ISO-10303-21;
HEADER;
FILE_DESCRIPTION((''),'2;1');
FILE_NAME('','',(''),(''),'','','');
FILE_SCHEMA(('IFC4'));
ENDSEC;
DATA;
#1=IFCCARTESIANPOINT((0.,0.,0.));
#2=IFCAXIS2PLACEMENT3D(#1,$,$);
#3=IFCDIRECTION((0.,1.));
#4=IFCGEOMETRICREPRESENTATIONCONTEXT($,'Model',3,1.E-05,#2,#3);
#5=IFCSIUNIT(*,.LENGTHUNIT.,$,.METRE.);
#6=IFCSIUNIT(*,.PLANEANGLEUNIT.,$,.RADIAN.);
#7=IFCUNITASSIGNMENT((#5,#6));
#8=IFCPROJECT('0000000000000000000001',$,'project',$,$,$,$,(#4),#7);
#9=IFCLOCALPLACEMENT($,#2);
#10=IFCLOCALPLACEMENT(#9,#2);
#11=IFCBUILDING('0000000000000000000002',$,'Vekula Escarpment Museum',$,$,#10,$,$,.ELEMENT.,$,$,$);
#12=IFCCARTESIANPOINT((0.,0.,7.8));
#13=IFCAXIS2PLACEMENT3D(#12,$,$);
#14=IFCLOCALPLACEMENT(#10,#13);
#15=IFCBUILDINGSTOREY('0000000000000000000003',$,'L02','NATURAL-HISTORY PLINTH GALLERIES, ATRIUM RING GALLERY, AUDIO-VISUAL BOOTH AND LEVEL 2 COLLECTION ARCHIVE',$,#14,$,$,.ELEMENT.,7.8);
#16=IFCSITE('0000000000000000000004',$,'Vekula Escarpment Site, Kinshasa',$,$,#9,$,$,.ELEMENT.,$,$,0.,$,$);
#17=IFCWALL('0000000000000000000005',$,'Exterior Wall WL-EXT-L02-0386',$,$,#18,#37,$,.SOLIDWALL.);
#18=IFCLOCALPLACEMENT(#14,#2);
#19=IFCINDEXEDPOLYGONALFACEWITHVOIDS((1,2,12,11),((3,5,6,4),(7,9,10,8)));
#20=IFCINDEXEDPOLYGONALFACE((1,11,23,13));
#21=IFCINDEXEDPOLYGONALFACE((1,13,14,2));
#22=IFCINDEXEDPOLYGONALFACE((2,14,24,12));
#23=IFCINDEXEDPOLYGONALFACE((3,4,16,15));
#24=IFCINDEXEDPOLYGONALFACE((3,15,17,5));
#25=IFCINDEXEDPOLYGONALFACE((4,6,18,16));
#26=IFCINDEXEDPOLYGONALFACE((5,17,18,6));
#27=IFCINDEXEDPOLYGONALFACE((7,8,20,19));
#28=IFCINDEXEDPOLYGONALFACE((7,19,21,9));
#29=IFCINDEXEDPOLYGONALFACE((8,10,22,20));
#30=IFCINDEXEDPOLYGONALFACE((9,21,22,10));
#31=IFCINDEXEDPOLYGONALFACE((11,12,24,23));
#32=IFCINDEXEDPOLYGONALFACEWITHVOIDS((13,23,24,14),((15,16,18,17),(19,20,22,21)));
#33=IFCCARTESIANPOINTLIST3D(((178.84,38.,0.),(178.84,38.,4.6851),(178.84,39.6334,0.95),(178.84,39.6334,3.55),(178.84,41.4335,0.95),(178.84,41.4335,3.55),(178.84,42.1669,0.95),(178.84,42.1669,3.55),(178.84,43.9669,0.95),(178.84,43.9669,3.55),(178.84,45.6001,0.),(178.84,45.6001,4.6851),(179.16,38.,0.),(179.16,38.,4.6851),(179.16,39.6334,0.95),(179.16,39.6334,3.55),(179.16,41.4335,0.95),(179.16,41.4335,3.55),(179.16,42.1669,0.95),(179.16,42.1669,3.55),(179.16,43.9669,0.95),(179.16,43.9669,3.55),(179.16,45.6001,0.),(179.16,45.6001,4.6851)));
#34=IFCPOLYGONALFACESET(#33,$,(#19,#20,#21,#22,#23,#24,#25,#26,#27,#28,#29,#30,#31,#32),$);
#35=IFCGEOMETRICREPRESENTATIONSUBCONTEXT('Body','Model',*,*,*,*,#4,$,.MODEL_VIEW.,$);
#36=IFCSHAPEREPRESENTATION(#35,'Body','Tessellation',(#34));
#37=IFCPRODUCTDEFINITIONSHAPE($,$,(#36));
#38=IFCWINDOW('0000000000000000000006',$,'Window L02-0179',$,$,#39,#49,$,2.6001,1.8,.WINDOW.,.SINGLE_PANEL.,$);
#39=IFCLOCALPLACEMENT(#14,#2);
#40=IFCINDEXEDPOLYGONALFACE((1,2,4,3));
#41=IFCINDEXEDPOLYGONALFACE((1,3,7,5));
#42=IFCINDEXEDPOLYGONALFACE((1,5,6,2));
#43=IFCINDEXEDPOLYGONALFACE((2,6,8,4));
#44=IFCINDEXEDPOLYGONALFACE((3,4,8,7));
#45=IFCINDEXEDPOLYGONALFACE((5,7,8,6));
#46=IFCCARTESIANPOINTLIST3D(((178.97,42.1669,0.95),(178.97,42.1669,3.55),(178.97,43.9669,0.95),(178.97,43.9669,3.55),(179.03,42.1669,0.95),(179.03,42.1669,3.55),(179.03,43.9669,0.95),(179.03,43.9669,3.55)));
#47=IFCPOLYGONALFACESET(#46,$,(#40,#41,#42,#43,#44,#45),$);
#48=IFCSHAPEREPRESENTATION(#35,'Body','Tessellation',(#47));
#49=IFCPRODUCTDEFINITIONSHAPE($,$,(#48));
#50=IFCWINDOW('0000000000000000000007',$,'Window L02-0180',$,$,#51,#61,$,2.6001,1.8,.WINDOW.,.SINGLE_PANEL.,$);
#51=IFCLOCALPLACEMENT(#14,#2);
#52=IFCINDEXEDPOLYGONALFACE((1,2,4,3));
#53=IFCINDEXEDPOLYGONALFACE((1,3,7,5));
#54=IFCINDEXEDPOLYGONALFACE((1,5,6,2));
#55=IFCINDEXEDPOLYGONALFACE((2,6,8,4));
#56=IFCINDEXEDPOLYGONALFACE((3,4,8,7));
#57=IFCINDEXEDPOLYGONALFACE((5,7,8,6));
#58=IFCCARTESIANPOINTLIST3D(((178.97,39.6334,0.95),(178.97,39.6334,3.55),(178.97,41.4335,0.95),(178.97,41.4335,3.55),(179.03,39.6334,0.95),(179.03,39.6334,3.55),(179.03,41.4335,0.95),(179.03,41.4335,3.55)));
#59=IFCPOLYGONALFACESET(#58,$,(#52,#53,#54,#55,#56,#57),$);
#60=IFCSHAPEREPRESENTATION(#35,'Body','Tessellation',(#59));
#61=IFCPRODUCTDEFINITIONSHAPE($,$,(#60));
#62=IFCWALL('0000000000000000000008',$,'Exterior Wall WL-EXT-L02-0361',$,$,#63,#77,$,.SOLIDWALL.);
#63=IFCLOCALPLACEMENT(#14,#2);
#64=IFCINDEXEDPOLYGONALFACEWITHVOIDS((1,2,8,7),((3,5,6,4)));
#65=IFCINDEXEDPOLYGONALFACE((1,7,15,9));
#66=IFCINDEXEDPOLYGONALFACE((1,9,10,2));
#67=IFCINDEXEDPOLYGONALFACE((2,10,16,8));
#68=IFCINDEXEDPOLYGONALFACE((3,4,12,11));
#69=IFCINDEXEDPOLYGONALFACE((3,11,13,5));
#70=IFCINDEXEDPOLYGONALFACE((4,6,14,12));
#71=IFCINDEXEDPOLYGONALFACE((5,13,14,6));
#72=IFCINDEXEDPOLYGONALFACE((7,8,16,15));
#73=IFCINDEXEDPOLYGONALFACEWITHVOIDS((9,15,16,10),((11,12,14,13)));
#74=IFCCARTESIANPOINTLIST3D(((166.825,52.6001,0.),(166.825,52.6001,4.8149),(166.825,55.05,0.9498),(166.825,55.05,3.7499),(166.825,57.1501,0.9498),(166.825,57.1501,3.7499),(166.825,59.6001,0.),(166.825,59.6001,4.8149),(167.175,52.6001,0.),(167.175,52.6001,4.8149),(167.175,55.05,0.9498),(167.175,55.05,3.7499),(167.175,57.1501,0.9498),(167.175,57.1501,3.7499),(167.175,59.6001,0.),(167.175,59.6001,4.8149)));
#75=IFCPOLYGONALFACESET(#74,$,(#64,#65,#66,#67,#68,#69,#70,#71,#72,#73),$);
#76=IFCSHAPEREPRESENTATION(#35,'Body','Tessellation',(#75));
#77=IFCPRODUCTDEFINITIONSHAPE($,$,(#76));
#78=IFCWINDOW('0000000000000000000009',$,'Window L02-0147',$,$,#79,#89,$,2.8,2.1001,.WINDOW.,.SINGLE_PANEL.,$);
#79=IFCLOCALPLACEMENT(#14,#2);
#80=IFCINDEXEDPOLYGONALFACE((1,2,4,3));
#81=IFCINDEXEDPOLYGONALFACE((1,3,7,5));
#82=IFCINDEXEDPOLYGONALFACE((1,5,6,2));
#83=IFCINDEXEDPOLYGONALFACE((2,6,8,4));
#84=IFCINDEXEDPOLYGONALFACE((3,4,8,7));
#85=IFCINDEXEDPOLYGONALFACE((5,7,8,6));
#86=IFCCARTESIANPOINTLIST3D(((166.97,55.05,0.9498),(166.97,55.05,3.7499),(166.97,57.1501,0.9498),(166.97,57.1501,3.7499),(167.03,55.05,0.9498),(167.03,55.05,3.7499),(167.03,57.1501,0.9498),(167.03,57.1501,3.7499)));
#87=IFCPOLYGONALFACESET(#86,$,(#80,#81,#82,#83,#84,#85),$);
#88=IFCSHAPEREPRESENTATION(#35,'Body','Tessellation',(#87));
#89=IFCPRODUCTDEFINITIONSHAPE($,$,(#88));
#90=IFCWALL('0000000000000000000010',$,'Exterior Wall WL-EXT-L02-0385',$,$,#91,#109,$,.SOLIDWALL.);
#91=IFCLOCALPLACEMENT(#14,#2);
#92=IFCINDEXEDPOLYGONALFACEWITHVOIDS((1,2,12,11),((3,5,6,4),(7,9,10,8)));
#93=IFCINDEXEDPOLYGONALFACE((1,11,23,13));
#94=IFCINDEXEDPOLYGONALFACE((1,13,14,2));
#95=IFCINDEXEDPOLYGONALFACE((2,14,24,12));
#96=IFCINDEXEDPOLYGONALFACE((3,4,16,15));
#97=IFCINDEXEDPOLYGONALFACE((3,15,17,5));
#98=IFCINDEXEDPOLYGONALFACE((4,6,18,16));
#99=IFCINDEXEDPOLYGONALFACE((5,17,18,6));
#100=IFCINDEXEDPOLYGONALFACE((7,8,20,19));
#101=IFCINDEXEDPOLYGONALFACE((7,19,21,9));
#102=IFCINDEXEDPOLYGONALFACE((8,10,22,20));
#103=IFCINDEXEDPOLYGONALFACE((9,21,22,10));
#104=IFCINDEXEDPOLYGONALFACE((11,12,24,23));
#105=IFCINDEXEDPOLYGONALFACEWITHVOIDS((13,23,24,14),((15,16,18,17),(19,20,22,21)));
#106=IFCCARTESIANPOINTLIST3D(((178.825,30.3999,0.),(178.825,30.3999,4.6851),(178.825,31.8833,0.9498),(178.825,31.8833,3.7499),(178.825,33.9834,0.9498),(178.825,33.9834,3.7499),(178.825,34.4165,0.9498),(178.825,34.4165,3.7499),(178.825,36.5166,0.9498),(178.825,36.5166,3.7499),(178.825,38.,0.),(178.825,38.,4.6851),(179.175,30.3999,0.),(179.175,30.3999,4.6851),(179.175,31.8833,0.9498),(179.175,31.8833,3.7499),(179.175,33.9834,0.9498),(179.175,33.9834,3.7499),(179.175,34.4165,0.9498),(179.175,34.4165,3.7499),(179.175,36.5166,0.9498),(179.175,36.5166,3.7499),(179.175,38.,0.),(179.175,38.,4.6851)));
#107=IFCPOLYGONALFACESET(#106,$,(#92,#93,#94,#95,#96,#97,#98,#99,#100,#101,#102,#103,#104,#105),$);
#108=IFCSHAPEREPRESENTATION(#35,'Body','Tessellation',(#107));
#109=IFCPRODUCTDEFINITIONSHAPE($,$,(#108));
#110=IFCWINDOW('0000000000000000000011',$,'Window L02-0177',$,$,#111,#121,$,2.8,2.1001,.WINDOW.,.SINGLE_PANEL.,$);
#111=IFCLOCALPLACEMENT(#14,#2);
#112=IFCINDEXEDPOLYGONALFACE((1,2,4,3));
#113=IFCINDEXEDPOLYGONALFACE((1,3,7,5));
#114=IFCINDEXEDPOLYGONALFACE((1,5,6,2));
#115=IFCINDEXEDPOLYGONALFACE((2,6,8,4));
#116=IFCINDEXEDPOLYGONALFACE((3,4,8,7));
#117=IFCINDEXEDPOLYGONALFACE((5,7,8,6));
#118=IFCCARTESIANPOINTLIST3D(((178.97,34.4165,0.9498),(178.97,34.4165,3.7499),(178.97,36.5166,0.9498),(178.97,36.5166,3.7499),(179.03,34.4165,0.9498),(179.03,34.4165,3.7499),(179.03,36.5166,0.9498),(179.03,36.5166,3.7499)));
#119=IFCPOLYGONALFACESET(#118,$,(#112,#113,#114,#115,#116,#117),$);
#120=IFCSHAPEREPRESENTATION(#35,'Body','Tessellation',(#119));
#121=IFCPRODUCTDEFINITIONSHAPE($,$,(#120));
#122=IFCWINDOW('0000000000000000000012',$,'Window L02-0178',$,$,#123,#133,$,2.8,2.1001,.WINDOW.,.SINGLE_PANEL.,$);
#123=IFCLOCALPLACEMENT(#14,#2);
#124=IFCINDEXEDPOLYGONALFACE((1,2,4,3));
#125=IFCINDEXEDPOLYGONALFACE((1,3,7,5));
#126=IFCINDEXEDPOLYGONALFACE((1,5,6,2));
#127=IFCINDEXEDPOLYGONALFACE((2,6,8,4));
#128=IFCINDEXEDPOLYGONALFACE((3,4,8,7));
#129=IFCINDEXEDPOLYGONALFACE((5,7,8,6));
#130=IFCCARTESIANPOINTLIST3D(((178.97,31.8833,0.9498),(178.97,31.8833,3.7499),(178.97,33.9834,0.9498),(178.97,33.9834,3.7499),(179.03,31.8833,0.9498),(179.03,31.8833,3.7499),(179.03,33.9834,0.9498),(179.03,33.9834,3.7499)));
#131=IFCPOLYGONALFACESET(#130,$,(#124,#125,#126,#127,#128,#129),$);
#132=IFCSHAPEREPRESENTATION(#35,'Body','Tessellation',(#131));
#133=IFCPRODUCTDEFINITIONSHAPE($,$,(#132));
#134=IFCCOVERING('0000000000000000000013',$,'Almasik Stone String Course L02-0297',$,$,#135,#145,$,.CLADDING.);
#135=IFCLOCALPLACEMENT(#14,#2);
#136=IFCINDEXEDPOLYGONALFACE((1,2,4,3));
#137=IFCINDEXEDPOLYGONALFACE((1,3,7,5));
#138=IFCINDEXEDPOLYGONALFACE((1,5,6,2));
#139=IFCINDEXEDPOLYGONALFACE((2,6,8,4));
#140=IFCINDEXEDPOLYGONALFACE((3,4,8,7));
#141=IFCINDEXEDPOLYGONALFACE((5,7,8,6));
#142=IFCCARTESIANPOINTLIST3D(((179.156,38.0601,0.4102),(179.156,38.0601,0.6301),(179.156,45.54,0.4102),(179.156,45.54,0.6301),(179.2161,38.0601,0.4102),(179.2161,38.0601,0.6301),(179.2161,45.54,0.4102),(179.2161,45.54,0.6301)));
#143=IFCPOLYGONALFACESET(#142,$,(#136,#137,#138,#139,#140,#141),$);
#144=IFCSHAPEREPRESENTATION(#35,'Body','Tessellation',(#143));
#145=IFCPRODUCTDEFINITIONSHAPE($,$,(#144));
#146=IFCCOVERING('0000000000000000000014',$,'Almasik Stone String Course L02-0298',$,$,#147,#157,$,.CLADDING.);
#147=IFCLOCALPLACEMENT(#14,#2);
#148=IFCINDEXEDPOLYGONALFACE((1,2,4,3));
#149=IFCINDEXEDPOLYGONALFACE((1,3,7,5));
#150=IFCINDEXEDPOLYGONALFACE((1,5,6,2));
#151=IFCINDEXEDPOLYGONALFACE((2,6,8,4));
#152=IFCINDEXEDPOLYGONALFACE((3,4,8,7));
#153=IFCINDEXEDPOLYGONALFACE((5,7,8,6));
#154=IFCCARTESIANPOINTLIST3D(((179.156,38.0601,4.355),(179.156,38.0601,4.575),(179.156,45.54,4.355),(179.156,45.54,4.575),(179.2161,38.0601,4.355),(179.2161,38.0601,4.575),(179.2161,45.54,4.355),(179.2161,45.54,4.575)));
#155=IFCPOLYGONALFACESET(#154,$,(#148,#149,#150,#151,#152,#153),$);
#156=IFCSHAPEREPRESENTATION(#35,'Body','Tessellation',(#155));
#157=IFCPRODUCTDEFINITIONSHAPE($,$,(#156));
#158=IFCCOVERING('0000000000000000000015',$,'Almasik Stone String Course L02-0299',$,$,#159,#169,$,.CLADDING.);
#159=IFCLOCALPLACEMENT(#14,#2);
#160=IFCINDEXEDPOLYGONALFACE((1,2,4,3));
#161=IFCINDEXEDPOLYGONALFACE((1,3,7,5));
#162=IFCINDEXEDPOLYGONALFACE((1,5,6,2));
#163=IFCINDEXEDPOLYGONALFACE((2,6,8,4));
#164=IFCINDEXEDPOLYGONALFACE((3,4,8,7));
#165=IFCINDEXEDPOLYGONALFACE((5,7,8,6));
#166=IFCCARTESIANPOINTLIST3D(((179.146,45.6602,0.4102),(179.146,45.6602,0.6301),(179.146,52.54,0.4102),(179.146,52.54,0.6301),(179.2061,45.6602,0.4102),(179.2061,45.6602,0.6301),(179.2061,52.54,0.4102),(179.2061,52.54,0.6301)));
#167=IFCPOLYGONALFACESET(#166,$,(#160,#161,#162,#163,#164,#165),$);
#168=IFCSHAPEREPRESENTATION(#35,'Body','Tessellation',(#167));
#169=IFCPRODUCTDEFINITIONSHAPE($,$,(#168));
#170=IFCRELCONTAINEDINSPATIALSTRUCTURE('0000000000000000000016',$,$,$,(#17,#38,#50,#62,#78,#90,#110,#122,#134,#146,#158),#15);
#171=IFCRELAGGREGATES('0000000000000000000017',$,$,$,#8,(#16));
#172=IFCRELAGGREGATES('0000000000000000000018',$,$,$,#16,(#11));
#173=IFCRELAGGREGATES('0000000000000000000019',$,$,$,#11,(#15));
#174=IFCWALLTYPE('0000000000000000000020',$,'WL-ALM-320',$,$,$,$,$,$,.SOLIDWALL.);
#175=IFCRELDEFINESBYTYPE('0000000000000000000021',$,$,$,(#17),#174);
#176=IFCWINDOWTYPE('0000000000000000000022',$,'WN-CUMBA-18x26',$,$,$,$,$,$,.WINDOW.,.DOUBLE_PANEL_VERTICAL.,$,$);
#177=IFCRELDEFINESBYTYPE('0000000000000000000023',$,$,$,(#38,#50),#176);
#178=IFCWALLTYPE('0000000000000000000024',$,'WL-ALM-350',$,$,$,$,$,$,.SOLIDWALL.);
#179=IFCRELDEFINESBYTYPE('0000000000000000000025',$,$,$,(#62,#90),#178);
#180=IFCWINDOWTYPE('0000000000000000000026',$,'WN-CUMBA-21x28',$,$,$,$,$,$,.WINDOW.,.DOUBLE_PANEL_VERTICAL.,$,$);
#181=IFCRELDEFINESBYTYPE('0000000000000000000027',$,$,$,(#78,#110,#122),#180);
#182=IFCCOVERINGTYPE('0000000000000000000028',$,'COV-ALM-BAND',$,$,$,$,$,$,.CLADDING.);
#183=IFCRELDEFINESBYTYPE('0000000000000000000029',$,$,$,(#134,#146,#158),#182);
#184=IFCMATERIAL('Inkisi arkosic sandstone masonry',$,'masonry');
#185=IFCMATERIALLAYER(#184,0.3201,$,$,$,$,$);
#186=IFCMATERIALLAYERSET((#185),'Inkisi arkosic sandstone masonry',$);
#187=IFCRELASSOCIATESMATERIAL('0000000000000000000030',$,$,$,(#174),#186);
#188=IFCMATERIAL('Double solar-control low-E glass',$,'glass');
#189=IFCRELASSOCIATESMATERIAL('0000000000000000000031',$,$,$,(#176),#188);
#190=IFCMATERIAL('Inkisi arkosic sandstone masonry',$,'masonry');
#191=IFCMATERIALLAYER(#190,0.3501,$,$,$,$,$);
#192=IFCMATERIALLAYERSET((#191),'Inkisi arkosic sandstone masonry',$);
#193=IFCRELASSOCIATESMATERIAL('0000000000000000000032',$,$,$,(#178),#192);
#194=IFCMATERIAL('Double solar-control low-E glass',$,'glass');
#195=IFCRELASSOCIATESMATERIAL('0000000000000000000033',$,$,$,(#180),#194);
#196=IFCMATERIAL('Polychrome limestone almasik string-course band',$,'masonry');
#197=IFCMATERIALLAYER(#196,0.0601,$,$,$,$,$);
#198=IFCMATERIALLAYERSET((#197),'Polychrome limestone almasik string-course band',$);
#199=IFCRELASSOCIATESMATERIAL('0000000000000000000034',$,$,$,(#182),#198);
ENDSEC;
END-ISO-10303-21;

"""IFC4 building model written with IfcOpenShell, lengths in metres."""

from ifc_helpers import new_model, si_unit, direction, frame, frame_2d, origin, origin_2d, place, context, subcontext, project, spatial, rectangle, extrude, material, layer, layer_set, type_object, element, fill, save


model = new_model("IFC4")

# Units and contexts
model_context = context("Model", 3, precision=1e-05, world=origin(), true_north=direction((0.0, 1.0)))
body_context = subcontext(model_context, "Body", "Model", "MODEL_VIEW")
ifc_project = project(units=[si_unit("LENGTHUNIT", "METRE"), si_unit("PLANEANGLEUNIT", "RADIAN")], contexts=[model_context])

# Site, building, storey
site_placement = place(None, origin())
site = spatial("IfcSite", under=ifc_project, at=site_placement, Name="Vekula Escarpment Site, Kinshasa", CompositionType="ELEMENT", RefElevation=0.0)
building_placement = place(site_placement, origin())
building = spatial("IfcBuilding", under=site, at=building_placement, Name="Vekula Escarpment Museum", CompositionType="ELEMENT")
storey_placement = place(building_placement, frame((0.0, 0.0, 7.8)))
storey = spatial("IfcBuildingStorey", under=building, at=storey_placement, Name="L02", Description="NATURAL-HISTORY PLINTH GALLERIES, ATRIUM RING GALLERY, AUDIO-VISUAL BOOTH AND LEVEL 2 COLLECTION ARCHIVE", CompositionType="ELEMENT", Elevation=7.8)

# Wall, openings, windows
ifc_material_1 = material(Name="Inkisi arkosic sandstone masonry", Category="masonry")
ifc_layer_1 = layer(ifc_material_1, 0.3201)
ifc_layer_set_1 = layer_set([ifc_layer_1], Name="Inkisi arkosic sandstone masonry")
wall_type_1 = type_object("IfcWallType", Name="WL-ALM-320", PredefinedType="SOLIDWALL", material=ifc_layer_set_1)
wall_1_placement = place(storey_placement, frame((179.0, 45.6001, 0.0), z_axis=(0.0, 0.0, 1.0), x_axis=(0.0, -1.0, 0.0)))
wall_1 = element("IfcWall", 1, at=wall_1_placement, inside=storey, type_object=wall_type_1, Name="Exterior Wall WL-EXT-L02-0386", PredefinedType="SOLIDWALL", context=body_context, shape_type="SweptSolid", body=[
    extrude(rectangle(XDim=7.6001, YDim=0.3201, at=frame_2d((3.8, 0.0))), origin(), (0.0, 0.0, 1.0), 4.6851),
])
opening_1_placement = place(wall_1_placement, frame((1.6333, 0.0, 0.95)))
opening_1 = element("IfcOpeningElement", 2, at=opening_1_placement, cuts=wall_1, PredefinedType="OPENING", context=body_context, shape_type="SweptSolid", body=[
    extrude(rectangle(XDim=1.8, YDim=2.6001, at=frame_2d((0.8999, 1.3))), frame((0.0, 0.1699, 0.0), z_axis=(0.0, -1.0, 0.0), x_axis=(1.0, 0.0, 0.0)), (0.0, 0.0, 1.0), 0.3401),
])
opening_2_placement = place(wall_1_placement, frame((4.1667, 0.0, 0.95)))
opening_2 = element("IfcOpeningElement", 3, at=opening_2_placement, cuts=wall_1, PredefinedType="OPENING", context=body_context, shape_type="SweptSolid", body=[
    extrude(rectangle(XDim=1.8, YDim=2.6001, at=frame_2d((0.8999, 1.3))), frame((0.0, 0.1699, 0.0), z_axis=(0.0, -1.0, 0.0), x_axis=(1.0, 0.0, 0.0)), (0.0, 0.0, 1.0), 0.3401),
])
ifc_material_2 = material(Name="Double solar-control low-E glass", Category="glass")
window_type_1 = type_object("IfcWindowType", Name="WN-CUMBA-18x26", PartitioningType="DOUBLE_PANEL_VERTICAL", PredefinedType="WINDOW", material=ifc_material_2)
window_1_placement = place(opening_1_placement, origin())
window_1 = element("IfcWindow", 4, at=window_1_placement, inside=storey, type_object=window_type_1, Name="Window L02-0179", OverallHeight=2.6001, OverallWidth=1.8, PartitioningType="SINGLE_PANEL", PredefinedType="WINDOW", context=body_context, shape_type="SweptSolid", body=[
    extrude(rectangle(XDim=1.8, YDim=2.6001, at=frame_2d((0.8999, 1.3))), frame((0.0, 0.03, 0.0), z_axis=(0.0, -1.0, 0.0), x_axis=(1.0, 0.0, 0.0)), (0.0, 0.0, 1.0), 0.0601),
])
fill(opening_1, window_1)
window_2_placement = place(opening_2_placement, origin())
window_2 = element("IfcWindow", 5, at=window_2_placement, inside=storey, type_object=window_type_1, Name="Window L02-0180", OverallHeight=2.6001, OverallWidth=1.8, PartitioningType="SINGLE_PANEL", PredefinedType="WINDOW", context=body_context, shape_type="SweptSolid", body=[
    extrude(rectangle(XDim=1.8, YDim=2.6001, at=frame_2d((0.8999, 1.3))), frame((0.0, 0.03, 0.0), z_axis=(0.0, -1.0, 0.0), x_axis=(1.0, 0.0, 0.0)), (0.0, 0.0, 1.0), 0.0601),
])
fill(opening_2, window_2)

# Wall, opening, window
ifc_material_3 = material(Name="Inkisi arkosic sandstone masonry", Category="masonry")
ifc_layer_2 = layer(ifc_material_3, 0.3501)
ifc_layer_set_2 = layer_set([ifc_layer_2], Name="Inkisi arkosic sandstone masonry")
wall_type_2 = type_object("IfcWallType", Name="WL-ALM-350", PredefinedType="SOLIDWALL", material=ifc_layer_set_2)
wall_2_placement = place(storey_placement, frame((167.0, 52.6001, 0.0), z_axis=(0.0, 0.0, 1.0), x_axis=(0.0, 1.0, 0.0)))
wall_2 = element("IfcWall", 6, at=wall_2_placement, inside=storey, type_object=wall_type_2, Name="Exterior Wall WL-EXT-L02-0361", PredefinedType="SOLIDWALL", context=body_context, shape_type="SweptSolid", body=[
    extrude(rectangle(XDim=7.0, YDim=0.3501, at=frame_2d((3.5, 0.0))), origin(), (0.0, 0.0, 1.0), 4.8149),
])
opening_3_placement = place(wall_2_placement, frame((2.45, 0.0, 0.95)))
opening_3 = element("IfcOpeningElement", 7, at=opening_3_placement, cuts=wall_2, PredefinedType="OPENING", context=body_context, shape_type="SweptSolid", body=[
    extrude(rectangle(XDim=2.1001, YDim=2.8, at=frame_2d((1.05, 1.3999))), frame((0.0, 0.1851, 0.0), z_axis=(0.0, -1.0, 0.0), x_axis=(1.0, 0.0, 0.0)), (0.0, 0.0, 1.0), 0.3701),
])
ifc_material_4 = material(Name="Double solar-control low-E glass", Category="glass")
window_type_2 = type_object("IfcWindowType", Name="WN-CUMBA-21x28", PartitioningType="DOUBLE_PANEL_VERTICAL", PredefinedType="WINDOW", material=ifc_material_4)
window_3_placement = place(opening_3_placement, origin())
window_3 = element("IfcWindow", 8, at=window_3_placement, inside=storey, type_object=window_type_2, Name="Window L02-0147", OverallHeight=2.8, OverallWidth=2.1001, PartitioningType="SINGLE_PANEL", PredefinedType="WINDOW", context=body_context, shape_type="SweptSolid", body=[
    extrude(rectangle(XDim=2.1001, YDim=2.8, at=frame_2d((1.05, 1.3999))), frame((0.0, 0.03, 0.0), z_axis=(0.0, -1.0, 0.0), x_axis=(1.0, 0.0, 0.0)), (0.0, 0.0, 1.0), 0.0601),
])
fill(opening_3, window_3)

# Wall, openings, windows
wall_3_placement = place(storey_placement, frame((179.0, 38.0, 0.0), z_axis=(0.0, 0.0, 1.0), x_axis=(0.0, -1.0, 0.0)))
wall_3 = element("IfcWall", 9, at=wall_3_placement, inside=storey, type_object=wall_type_2, Name="Exterior Wall WL-EXT-L02-0385", PredefinedType="SOLIDWALL", context=body_context, shape_type="SweptSolid", body=[
    extrude(rectangle(XDim=7.6001, YDim=0.3501, at=frame_2d((3.8, 0.0))), origin(), (0.0, 0.0, 1.0), 4.6851),
])
opening_4_placement = place(wall_3_placement, frame((1.4834, 0.0, 0.95)))
opening_4 = element("IfcOpeningElement", 10, at=opening_4_placement, cuts=wall_3, PredefinedType="OPENING", context=body_context, shape_type="SweptSolid", body=[
    extrude(rectangle(XDim=2.1001, YDim=2.8, at=frame_2d((1.05, 1.3999))), frame((0.0, 0.1851, 0.0), z_axis=(0.0, -1.0, 0.0), x_axis=(1.0, 0.0, 0.0)), (0.0, 0.0, 1.0), 0.3701),
])
opening_5_placement = place(wall_3_placement, frame((4.0166, 0.0, 0.95)))
opening_5 = element("IfcOpeningElement", 11, at=opening_5_placement, cuts=wall_3, PredefinedType="OPENING", context=body_context, shape_type="SweptSolid", body=[
    extrude(rectangle(XDim=2.1001, YDim=2.8, at=frame_2d((1.05, 1.3999))), frame((0.0, 0.1851, 0.0), z_axis=(0.0, -1.0, 0.0), x_axis=(1.0, 0.0, 0.0)), (0.0, 0.0, 1.0), 0.3701),
])
window_4_placement = place(opening_4_placement, origin())
window_4 = element("IfcWindow", 12, at=window_4_placement, inside=storey, type_object=window_type_2, Name="Window L02-0177", OverallHeight=2.8, OverallWidth=2.1001, PartitioningType="SINGLE_PANEL", PredefinedType="WINDOW", context=body_context, shape_type="SweptSolid", body=[
    extrude(rectangle(XDim=2.1001, YDim=2.8, at=frame_2d((1.05, 1.3999))), frame((0.0, 0.03, 0.0), z_axis=(0.0, -1.0, 0.0), x_axis=(1.0, 0.0, 0.0)), (0.0, 0.0, 1.0), 0.0601),
])
fill(opening_4, window_4)
window_5_placement = place(opening_5_placement, origin())
window_5 = element("IfcWindow", 13, at=window_5_placement, inside=storey, type_object=window_type_2, Name="Window L02-0178", OverallHeight=2.8, OverallWidth=2.1001, PartitioningType="SINGLE_PANEL", PredefinedType="WINDOW", context=body_context, shape_type="SweptSolid", body=[
    extrude(rectangle(XDim=2.1001, YDim=2.8, at=frame_2d((1.05, 1.3999))), frame((0.0, 0.03, 0.0), z_axis=(0.0, -1.0, 0.0), x_axis=(1.0, 0.0, 0.0)), (0.0, 0.0, 1.0), 0.0601),
])
fill(opening_5, window_5)

# Coverings
ifc_material_5 = material(Name="Polychrome limestone almasik string-course band", Category="masonry")
ifc_layer_3 = layer(ifc_material_5, 0.0601)
ifc_layer_set_3 = layer_set([ifc_layer_3], Name="Polychrome limestone almasik string-course band")
covering_type = type_object("IfcCoveringType", Name="COV-ALM-BAND", PredefinedType="CLADDING", material=ifc_layer_set_3)
for number, where, z_axis, x_axis, name in (
    (14, (179.186, 41.8, 0.4102), (0.0, 0.0, 1.0), (0.0, 1.0, 0.0), "Almasik Stone String Course L02-0297"),
    (15, (179.186, 41.8, 4.355), (0.0, 0.0, 1.0), (0.0, 1.0, 0.0), "Almasik Stone String Course L02-0298"),
):
    element("IfcCovering", number, at=place(storey_placement, frame(where, z_axis=z_axis, x_axis=x_axis)), inside=storey, type_object=covering_type, Name=name, PredefinedType="CLADDING", context=body_context, shape_type="SweptSolid", body=[
        extrude(rectangle(XDim=7.48, YDim=0.0601, at=origin_2d()), origin(), (0.0, 0.0, 1.0), 0.22),
    ])
for number, where, z_axis, x_axis, name in (
    (16, (179.176, 49.1001, 0.4102), (0.0, 0.0, 1.0), (0.0, 1.0, 0.0), "Almasik Stone String Course L02-0299"),
):
    element("IfcCovering", number, at=place(storey_placement, frame(where, z_axis=z_axis, x_axis=x_axis)), inside=storey, type_object=covering_type, Name=name, PredefinedType="CLADDING", context=body_context, shape_type="SweptSolid", body=[
        extrude(rectangle(XDim=6.8799, YDim=0.0601, at=origin_2d()), origin(), (0.0, 0.0, 1.0), 0.22),
    ])

save(model, "model.ifc")
